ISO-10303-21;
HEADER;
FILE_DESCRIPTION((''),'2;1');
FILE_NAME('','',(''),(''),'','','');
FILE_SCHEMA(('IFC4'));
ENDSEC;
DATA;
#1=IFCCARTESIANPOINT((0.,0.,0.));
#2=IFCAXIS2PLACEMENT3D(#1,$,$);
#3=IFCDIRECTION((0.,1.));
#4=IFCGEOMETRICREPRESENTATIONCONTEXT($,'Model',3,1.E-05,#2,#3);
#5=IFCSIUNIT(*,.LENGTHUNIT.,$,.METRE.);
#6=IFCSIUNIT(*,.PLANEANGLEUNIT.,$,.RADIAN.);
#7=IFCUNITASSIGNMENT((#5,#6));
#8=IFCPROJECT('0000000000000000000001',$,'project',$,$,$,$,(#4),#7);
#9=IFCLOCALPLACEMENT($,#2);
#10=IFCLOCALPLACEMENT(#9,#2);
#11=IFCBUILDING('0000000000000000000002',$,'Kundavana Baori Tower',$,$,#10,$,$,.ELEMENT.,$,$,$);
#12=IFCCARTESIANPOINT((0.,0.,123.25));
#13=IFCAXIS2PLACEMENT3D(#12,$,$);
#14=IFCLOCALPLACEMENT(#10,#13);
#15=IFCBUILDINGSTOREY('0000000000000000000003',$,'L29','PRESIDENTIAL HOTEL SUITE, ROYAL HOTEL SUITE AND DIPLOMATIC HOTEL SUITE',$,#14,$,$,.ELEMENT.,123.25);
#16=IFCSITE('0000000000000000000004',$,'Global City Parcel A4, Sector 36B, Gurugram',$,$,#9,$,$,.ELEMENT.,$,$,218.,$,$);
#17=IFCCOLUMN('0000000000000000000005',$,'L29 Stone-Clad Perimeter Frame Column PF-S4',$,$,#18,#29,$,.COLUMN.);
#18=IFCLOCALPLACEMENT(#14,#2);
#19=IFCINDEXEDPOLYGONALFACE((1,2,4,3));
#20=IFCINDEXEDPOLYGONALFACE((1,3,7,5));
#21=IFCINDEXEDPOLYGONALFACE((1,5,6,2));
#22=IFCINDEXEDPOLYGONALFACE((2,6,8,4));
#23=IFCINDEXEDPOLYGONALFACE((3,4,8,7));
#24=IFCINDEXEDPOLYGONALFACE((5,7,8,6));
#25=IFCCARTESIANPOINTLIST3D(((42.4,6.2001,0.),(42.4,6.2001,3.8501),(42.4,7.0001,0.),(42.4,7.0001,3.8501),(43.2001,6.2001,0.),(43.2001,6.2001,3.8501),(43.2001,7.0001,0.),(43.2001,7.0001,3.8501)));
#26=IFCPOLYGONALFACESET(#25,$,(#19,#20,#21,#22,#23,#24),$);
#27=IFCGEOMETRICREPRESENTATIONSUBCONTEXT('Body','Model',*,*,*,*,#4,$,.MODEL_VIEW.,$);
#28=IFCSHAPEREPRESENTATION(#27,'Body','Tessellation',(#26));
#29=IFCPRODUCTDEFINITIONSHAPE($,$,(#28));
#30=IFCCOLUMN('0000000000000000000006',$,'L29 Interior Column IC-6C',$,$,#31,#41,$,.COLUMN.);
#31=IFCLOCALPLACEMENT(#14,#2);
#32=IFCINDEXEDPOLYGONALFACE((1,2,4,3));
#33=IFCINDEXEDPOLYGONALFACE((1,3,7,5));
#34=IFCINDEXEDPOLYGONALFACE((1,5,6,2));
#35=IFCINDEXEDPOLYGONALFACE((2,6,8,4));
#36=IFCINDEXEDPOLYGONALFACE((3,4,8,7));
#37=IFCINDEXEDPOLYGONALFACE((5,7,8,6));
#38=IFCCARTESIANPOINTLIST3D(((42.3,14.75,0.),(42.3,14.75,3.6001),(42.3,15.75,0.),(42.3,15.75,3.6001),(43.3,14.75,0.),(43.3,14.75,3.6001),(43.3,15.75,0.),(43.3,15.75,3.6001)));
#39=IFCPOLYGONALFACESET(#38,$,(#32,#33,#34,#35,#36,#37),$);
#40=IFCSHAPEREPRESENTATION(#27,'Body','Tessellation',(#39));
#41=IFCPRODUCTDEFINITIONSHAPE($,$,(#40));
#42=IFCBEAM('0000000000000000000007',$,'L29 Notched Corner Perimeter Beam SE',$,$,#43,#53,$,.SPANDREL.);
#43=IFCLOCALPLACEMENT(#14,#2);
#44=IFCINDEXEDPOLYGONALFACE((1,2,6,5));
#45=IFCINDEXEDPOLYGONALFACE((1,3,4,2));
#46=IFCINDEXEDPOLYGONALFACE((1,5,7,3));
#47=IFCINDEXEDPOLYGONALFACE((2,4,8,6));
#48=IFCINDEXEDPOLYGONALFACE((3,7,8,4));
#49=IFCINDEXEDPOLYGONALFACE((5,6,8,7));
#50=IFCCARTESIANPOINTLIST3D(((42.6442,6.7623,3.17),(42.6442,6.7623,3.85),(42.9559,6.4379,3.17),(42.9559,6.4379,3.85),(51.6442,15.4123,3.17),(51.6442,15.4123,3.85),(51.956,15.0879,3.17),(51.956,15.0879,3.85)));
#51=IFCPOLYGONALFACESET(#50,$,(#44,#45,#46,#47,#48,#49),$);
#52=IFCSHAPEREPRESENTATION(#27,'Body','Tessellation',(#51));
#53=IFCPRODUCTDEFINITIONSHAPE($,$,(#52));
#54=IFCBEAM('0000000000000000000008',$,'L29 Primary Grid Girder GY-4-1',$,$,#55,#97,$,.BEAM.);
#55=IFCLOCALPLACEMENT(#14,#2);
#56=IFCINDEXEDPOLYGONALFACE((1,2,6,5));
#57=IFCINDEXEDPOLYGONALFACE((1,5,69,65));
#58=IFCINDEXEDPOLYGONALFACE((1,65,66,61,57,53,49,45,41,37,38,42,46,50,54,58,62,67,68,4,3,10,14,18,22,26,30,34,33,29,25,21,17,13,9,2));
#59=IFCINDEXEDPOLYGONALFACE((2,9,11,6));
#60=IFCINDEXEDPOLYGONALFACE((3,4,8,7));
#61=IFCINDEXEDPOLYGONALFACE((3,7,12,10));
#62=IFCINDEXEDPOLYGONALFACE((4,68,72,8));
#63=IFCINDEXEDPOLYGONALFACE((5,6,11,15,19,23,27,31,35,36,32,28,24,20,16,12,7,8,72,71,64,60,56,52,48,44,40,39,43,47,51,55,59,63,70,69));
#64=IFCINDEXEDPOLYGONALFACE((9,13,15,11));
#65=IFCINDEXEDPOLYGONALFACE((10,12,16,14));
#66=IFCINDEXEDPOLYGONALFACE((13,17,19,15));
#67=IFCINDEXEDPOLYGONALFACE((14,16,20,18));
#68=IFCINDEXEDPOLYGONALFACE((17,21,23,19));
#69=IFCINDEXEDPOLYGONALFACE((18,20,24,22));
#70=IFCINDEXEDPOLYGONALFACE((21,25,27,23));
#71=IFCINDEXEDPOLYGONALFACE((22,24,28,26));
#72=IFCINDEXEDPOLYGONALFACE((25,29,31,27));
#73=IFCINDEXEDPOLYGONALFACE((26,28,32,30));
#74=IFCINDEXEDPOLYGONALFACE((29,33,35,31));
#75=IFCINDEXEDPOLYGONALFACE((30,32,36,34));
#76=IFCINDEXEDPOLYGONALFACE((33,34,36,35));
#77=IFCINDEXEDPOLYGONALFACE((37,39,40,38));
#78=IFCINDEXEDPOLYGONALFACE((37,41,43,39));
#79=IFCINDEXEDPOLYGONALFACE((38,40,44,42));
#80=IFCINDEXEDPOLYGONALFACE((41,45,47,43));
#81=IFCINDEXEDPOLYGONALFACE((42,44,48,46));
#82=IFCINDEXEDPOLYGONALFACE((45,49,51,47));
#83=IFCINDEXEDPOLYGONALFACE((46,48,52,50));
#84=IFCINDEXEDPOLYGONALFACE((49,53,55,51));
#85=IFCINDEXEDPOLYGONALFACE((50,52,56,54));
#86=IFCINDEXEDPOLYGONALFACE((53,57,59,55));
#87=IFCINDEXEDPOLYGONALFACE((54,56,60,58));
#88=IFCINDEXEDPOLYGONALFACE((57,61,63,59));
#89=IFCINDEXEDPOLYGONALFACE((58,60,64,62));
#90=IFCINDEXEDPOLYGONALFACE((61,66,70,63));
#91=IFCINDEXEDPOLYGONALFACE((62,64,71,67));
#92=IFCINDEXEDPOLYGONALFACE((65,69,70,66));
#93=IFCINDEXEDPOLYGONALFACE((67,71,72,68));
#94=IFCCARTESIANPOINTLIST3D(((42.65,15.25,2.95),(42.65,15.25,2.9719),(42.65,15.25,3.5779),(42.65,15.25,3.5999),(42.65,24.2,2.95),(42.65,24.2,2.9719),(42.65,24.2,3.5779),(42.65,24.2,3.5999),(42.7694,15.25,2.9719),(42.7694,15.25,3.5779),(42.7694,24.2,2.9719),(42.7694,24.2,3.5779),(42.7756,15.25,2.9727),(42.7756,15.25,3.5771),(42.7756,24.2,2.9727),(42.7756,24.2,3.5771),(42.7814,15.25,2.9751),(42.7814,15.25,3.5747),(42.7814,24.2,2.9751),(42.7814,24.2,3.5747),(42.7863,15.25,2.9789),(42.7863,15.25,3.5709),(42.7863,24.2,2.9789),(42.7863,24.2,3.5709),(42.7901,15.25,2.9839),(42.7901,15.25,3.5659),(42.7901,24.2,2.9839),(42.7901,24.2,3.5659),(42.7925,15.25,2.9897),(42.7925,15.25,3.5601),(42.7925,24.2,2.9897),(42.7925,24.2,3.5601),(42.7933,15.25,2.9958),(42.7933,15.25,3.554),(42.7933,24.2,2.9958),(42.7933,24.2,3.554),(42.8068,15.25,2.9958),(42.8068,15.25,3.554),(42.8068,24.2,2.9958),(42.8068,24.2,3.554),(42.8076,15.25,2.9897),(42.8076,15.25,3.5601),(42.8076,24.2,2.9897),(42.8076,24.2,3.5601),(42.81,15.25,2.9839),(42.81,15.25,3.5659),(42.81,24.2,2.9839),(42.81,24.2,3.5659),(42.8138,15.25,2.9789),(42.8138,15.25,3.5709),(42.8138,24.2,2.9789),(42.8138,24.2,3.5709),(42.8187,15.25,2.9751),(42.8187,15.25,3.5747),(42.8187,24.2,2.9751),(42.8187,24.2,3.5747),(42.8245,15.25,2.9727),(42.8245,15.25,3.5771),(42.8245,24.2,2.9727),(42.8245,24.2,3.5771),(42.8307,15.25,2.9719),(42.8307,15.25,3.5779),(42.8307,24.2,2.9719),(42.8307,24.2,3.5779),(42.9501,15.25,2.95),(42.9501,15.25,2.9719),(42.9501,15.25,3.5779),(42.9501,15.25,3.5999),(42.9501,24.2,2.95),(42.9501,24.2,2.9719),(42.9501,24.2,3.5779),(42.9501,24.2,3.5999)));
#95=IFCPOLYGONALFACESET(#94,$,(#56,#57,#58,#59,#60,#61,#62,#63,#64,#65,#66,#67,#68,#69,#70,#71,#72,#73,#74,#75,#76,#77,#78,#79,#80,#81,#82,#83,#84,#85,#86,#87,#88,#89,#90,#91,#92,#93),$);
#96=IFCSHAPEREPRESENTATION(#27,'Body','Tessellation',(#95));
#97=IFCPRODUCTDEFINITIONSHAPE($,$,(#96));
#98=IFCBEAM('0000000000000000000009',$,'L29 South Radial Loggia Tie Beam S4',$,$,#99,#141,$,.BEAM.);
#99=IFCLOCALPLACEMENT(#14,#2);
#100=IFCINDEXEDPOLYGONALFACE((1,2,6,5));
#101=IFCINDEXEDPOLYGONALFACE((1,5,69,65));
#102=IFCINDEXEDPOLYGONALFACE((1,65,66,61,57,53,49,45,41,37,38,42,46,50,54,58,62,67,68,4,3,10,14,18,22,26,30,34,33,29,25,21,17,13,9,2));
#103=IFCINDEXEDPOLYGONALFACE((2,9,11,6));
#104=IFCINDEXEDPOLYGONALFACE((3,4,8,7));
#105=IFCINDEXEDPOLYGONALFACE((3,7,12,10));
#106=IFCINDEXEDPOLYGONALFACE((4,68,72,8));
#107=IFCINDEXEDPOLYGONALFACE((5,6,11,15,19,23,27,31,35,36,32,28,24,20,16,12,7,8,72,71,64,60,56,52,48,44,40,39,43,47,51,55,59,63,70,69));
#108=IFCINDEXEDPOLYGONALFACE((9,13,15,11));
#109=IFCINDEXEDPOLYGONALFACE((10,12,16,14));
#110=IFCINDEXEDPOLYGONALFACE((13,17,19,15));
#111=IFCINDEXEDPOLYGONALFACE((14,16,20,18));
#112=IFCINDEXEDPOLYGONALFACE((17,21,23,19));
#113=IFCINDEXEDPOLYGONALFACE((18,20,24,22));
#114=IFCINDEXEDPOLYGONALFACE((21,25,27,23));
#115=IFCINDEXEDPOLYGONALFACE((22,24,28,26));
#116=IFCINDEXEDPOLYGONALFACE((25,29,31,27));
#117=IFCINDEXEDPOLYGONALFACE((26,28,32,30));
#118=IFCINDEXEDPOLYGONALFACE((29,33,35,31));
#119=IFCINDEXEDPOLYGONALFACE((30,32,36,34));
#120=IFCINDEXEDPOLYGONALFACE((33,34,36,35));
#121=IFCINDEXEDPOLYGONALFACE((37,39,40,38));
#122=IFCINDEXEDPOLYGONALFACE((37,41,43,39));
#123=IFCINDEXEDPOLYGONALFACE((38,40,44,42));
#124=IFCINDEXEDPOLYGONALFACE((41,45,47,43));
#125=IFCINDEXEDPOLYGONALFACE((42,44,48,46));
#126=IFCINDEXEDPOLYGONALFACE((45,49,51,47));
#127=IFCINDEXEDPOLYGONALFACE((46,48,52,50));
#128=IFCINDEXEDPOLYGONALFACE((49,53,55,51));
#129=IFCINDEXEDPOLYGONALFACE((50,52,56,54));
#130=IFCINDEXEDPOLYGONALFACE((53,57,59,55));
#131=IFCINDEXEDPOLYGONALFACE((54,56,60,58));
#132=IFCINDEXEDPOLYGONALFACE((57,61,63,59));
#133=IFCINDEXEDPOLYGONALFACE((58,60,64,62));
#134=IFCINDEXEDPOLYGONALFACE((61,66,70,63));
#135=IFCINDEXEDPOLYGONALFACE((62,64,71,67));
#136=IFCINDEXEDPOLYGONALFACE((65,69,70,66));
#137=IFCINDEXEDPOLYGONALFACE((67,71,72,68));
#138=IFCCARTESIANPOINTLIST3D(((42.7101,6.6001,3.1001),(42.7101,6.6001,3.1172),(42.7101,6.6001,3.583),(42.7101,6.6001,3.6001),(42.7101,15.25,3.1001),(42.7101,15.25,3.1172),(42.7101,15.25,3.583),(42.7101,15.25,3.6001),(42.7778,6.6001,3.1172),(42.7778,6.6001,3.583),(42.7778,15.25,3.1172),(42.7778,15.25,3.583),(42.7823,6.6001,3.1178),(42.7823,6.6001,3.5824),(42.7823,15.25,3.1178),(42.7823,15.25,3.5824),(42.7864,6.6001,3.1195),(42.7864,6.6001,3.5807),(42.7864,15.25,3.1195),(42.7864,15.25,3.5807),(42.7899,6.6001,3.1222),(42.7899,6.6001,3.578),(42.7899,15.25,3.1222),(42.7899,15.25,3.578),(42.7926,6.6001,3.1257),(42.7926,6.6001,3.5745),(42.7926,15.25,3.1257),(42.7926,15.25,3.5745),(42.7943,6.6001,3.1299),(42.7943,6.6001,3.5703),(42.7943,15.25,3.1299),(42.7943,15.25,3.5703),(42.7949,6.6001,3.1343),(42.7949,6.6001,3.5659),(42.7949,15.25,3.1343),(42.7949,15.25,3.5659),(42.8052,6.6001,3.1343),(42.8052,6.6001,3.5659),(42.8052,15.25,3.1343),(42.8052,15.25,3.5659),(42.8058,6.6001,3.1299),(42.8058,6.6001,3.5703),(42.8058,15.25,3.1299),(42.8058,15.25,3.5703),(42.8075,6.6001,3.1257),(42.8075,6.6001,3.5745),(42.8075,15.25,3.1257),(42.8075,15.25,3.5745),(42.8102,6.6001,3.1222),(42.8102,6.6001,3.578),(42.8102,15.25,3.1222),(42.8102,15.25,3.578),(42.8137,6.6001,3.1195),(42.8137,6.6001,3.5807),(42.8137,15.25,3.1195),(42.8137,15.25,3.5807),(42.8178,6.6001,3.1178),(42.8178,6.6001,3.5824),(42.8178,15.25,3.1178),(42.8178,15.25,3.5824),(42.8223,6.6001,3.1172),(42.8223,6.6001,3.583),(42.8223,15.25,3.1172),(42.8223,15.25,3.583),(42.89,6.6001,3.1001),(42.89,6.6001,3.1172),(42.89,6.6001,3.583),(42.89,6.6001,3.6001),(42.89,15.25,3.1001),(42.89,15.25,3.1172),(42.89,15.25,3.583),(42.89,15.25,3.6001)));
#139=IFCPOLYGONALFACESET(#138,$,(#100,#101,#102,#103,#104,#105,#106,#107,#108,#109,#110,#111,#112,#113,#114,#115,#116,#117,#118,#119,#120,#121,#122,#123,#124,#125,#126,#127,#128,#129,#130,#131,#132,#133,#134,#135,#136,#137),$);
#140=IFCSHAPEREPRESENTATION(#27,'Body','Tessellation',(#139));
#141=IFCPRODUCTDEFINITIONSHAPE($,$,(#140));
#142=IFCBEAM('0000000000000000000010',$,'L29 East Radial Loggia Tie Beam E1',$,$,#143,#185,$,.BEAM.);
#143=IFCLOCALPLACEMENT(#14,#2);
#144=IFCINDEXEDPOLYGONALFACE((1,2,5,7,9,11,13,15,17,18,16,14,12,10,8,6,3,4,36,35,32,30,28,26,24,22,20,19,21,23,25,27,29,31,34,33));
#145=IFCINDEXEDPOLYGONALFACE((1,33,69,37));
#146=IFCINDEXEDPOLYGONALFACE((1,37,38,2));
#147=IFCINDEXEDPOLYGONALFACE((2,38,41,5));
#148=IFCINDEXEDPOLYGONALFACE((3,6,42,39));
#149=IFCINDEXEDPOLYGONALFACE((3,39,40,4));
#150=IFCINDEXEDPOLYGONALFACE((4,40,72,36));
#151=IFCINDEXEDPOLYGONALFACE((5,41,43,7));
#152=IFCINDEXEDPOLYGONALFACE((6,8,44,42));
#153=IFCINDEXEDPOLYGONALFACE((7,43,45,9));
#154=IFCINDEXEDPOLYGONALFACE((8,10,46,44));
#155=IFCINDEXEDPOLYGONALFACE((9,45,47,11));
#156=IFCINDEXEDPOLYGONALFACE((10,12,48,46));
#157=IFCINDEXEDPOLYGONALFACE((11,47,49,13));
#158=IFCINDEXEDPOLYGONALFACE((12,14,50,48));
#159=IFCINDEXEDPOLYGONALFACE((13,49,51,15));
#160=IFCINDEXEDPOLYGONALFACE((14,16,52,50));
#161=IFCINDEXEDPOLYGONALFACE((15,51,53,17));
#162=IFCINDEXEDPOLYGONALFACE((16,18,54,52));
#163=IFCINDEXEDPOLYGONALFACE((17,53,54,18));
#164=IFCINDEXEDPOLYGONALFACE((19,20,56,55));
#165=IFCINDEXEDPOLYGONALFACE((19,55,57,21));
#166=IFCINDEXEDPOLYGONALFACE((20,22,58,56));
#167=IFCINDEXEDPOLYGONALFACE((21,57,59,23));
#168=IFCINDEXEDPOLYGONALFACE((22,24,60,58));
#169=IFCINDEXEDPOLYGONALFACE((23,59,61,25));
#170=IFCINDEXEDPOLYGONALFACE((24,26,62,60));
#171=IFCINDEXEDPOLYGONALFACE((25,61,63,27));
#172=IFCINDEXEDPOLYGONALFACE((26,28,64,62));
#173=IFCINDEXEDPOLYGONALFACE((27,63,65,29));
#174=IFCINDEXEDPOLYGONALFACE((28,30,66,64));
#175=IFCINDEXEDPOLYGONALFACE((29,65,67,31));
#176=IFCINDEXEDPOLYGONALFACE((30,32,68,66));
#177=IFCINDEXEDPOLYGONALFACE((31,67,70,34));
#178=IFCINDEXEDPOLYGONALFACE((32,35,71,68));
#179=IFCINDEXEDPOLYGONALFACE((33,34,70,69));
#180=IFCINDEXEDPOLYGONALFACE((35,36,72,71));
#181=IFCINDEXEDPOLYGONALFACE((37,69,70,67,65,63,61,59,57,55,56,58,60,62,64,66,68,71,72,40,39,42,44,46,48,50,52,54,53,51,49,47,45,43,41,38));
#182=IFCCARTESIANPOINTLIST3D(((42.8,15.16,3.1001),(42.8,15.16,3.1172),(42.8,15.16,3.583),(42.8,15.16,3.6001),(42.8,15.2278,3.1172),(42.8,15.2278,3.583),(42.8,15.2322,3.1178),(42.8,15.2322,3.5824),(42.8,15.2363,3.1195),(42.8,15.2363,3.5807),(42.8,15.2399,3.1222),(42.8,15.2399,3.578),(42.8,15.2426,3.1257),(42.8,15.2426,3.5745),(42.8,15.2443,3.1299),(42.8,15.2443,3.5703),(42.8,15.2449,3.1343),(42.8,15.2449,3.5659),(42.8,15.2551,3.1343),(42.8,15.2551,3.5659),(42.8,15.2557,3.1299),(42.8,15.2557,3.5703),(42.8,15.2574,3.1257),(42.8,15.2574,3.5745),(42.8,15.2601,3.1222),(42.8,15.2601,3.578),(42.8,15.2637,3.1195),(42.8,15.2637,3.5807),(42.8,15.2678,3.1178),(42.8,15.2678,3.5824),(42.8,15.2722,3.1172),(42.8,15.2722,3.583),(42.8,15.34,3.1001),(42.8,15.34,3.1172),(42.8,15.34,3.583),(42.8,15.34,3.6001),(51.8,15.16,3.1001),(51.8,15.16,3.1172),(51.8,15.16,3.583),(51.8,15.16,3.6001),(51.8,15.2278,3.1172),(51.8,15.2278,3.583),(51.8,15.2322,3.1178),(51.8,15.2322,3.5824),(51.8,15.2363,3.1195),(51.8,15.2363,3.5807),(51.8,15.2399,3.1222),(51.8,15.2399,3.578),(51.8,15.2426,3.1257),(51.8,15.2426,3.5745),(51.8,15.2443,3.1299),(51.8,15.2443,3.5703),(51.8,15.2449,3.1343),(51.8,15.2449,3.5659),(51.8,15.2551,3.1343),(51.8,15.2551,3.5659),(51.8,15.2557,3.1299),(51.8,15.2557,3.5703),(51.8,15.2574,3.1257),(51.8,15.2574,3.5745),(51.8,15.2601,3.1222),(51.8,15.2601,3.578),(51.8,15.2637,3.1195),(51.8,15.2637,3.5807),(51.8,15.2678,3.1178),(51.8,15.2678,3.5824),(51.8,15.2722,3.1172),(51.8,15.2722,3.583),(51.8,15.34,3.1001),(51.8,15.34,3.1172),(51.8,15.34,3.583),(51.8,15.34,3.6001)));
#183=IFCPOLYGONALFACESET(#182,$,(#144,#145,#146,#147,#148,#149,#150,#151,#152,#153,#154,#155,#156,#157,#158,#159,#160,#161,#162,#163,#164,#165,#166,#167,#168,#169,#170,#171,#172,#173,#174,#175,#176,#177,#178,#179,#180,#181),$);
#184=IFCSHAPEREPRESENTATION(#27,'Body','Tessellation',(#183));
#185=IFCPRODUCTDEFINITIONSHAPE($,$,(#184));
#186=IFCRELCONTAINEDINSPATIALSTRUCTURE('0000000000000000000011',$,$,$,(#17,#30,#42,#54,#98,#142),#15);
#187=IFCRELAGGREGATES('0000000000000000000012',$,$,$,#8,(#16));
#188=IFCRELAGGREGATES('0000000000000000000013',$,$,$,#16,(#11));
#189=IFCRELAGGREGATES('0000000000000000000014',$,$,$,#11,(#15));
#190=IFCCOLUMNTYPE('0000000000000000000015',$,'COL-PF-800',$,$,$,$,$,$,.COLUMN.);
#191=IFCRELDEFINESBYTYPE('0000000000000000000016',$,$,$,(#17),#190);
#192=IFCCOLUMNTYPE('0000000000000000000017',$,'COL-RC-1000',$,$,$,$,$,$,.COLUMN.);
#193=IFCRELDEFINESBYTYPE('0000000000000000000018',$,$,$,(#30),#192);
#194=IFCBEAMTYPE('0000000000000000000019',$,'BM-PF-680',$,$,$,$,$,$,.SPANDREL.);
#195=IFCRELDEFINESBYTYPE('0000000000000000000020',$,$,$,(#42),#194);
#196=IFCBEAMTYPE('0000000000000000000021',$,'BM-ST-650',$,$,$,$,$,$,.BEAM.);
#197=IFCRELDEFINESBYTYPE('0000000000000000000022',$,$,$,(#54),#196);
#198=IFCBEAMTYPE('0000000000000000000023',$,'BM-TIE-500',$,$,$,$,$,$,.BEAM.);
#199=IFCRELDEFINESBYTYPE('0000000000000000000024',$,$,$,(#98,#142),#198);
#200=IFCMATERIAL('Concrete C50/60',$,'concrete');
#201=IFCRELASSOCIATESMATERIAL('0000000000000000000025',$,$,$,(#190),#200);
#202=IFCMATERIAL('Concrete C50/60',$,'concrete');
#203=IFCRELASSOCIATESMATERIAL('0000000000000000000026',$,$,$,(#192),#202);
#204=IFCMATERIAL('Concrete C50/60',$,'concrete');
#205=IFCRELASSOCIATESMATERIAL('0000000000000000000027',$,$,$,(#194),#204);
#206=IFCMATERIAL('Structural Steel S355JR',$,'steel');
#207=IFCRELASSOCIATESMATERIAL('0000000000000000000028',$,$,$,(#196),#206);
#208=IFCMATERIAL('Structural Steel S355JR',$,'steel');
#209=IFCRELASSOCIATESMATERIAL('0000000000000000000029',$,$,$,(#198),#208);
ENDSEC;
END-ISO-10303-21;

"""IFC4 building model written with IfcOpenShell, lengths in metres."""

from ifc_helpers import new_model, si_unit, direction, frame, origin, origin_2d, place, context, subcontext, project, spatial, rectangle, i_section, extrude, material, material_profile, profile_set, type_object, element, save


model = new_model("IFC4")

# Units and contexts
model_context = context("Model", 3, precision=1e-05, world=origin(), true_north=direction((0.0, 1.0)))
body_context = subcontext(model_context, "Body", "Model", "MODEL_VIEW")
ifc_project = project(units=[si_unit("LENGTHUNIT", "METRE"), si_unit("PLANEANGLEUNIT", "RADIAN")], contexts=[model_context])

# Site, building, storey
site_placement = place(None, origin())
site = spatial("IfcSite", under=ifc_project, at=site_placement, Name="Global City Parcel A4, Sector 36B, Gurugram", CompositionType="ELEMENT", RefElevation=218.0)
building_placement = place(site_placement, origin())
building = spatial("IfcBuilding", under=site, at=building_placement, Name="Kundavana Baori Tower", CompositionType="ELEMENT")
storey_placement = place(building_placement, frame((0.0, 0.0, 123.25)))
storey = spatial("IfcBuildingStorey", under=building, at=storey_placement, Name="L29", Description="PRESIDENTIAL HOTEL SUITE, ROYAL HOTEL SUITE AND DIPLOMATIC HOTEL SUITE", CompositionType="ELEMENT", Elevation=123.25)

# Columns
ifc_material_1 = material(Name="Concrete C50/60", Category="concrete")
ifc_material_profile_1 = material_profile(ifc_material_1, rectangle(XDim=0.8, YDim=0.8, at=origin_2d()), Name="RC PF 800x800")
ifc_profile_set_1 = profile_set([ifc_material_profile_1], Name="Concrete C50/60")
column_type_1 = type_object("IfcColumnType", Name="COL-PF-800", PredefinedType="COLUMN", material=ifc_profile_set_1)
column_1_placement = place(storey_placement, frame((42.8, 6.6001, 0.0), z_axis=(0.0, 0.0, 1.0), x_axis=(1.0, 0.0, 0.0)))
element("IfcColumn", 1, at=column_1_placement, inside=storey, type_object=column_type_1, Name="L29 Stone-Clad Perimeter Frame Column PF-S4", PredefinedType="COLUMN", context=body_context, shape_type="SweptSolid", body=[
    extrude(rectangle(XDim=0.8, YDim=0.8, at=origin_2d()), origin(), (0.0, 0.0, 1.0), 3.8501),
])
ifc_material_2 = material(Name="Concrete C50/60", Category="concrete")
ifc_material_profile_2 = material_profile(ifc_material_2, rectangle(XDim=1.0, YDim=1.0, at=origin_2d()), Name="RC 1000x1000")
ifc_profile_set_2 = profile_set([ifc_material_profile_2], Name="Concrete C50/60")
column_type_2 = type_object("IfcColumnType", Name="COL-RC-1000", PredefinedType="COLUMN", material=ifc_profile_set_2)
column_2_placement = place(storey_placement, frame((42.8, 15.25, 0.0), z_axis=(0.0, 0.0, 1.0), x_axis=(1.0, 0.0, 0.0)))
element("IfcColumn", 2, at=column_2_placement, inside=storey, type_object=column_type_2, Name="L29 Interior Column IC-6C", PredefinedType="COLUMN", context=body_context, shape_type="SweptSolid", body=[
    extrude(rectangle(XDim=1.0, YDim=1.0, at=origin_2d()), origin(), (0.0, 0.0, 1.0), 3.6001),
])

# Beams
ifc_material_3 = material(Name="Concrete C50/60", Category="concrete")
ifc_material_profile_3 = material_profile(ifc_material_3, rectangle(XDim=0.45, YDim=0.6799, at=origin_2d()), Name="RC BM 450x680")
ifc_profile_set_3 = profile_set([ifc_material_profile_3], Name="Concrete C50/60")
beam_type_1 = type_object("IfcBeamType", Name="BM-PF-680", PredefinedType="SPANDREL", material=ifc_profile_set_3)
beam_1_placement = place(storey_placement, frame((42.8, 6.6001, 3.51), z_axis=(0.720991, 0.692945, 0.0), x_axis=(-0.692945, 0.720991, 0.0)))
element("IfcBeam", 3, at=beam_1_placement, inside=storey, type_object=beam_type_1, Name="L29 Notched Corner Perimeter Beam SE", PredefinedType="SPANDREL", context=body_context, shape_type="SweptSolid", body=[
    extrude(rectangle(XDim=0.45, YDim=0.6799, at=origin_2d()), origin(), (0.0, 0.0, 1.0), 12.4829),
])
ifc_material_4 = material(Name="Structural Steel S355JR", Category="steel")
ifc_material_profile_4 = material_profile(ifc_material_4, i_section(OverallWidth=0.3, OverallDepth=0.6499, WebThickness=0.0134, FlangeThickness=0.022, FilletRadius=0.0239, at=origin_2d()), Name="NPB 650x300x155")
ifc_profile_set_4 = profile_set([ifc_material_profile_4], Name="Structural Steel S355JR")
beam_type_2 = type_object("IfcBeamType", Name="BM-ST-650", PredefinedType="BEAM", material=ifc_profile_set_4)
beam_2_placement = place(storey_placement, frame((42.8, 15.25, 3.2749), z_axis=(0.0, 1.0, 0.0), x_axis=(-1.0, 0.0, 0.0)))
element("IfcBeam", 4, at=beam_2_placement, inside=storey, type_object=beam_type_2, Name="L29 Primary Grid Girder GY-4-1", PredefinedType="BEAM", context=body_context, shape_type="SweptSolid", body=[
    extrude(i_section(OverallWidth=0.3, OverallDepth=0.6499, WebThickness=0.0134, FlangeThickness=0.022, FilletRadius=0.0239, at=origin_2d()), origin(), (0.0, 0.0, 1.0), 8.95),
])
ifc_material_5 = material(Name="Structural Steel S355JR", Category="steel")
ifc_material_profile_5 = material_profile(ifc_material_5, i_section(OverallWidth=0.1799, OverallDepth=0.5, WebThickness=0.0103, FlangeThickness=0.0171, FilletRadius=0.0171, at=origin_2d()), Name="ISMB 500")
ifc_profile_set_5 = profile_set([ifc_material_profile_5], Name="Structural Steel S355JR")
beam_type_3 = type_object("IfcBeamType", Name="BM-TIE-500", PredefinedType="BEAM", material=ifc_profile_set_5)
beam_3_placement = place(storey_placement, frame((42.8, 15.25, 3.3501), z_axis=(0.0, -1.0, 0.0), x_axis=(1.0, 0.0, 0.0)))
element("IfcBeam", 5, at=beam_3_placement, inside=storey, type_object=beam_type_3, Name="L29 South Radial Loggia Tie Beam S4", PredefinedType="BEAM", context=body_context, shape_type="SweptSolid", body=[
    extrude(i_section(OverallWidth=0.1799, OverallDepth=0.5, WebThickness=0.0103, FlangeThickness=0.0171, FilletRadius=0.0171, at=origin_2d()), origin(), (0.0, 0.0, 1.0), 8.6499),
])
beam_4_placement = place(storey_placement, frame((42.8, 15.25, 3.3501), z_axis=(1.0, 0.0, 0.0), x_axis=(0.0, 1.0, 0.0)))
element("IfcBeam", 6, at=beam_4_placement, inside=storey, type_object=beam_type_3, Name="L29 East Radial Loggia Tie Beam E1", PredefinedType="BEAM", context=body_context, shape_type="SweptSolid", body=[
    extrude(i_section(OverallWidth=0.1799, OverallDepth=0.5, WebThickness=0.0103, FlangeThickness=0.0171, FilletRadius=0.0171, at=origin_2d()), origin(), (0.0, 0.0, 1.0), 9.0),
])

save(model, "model.ifc")
